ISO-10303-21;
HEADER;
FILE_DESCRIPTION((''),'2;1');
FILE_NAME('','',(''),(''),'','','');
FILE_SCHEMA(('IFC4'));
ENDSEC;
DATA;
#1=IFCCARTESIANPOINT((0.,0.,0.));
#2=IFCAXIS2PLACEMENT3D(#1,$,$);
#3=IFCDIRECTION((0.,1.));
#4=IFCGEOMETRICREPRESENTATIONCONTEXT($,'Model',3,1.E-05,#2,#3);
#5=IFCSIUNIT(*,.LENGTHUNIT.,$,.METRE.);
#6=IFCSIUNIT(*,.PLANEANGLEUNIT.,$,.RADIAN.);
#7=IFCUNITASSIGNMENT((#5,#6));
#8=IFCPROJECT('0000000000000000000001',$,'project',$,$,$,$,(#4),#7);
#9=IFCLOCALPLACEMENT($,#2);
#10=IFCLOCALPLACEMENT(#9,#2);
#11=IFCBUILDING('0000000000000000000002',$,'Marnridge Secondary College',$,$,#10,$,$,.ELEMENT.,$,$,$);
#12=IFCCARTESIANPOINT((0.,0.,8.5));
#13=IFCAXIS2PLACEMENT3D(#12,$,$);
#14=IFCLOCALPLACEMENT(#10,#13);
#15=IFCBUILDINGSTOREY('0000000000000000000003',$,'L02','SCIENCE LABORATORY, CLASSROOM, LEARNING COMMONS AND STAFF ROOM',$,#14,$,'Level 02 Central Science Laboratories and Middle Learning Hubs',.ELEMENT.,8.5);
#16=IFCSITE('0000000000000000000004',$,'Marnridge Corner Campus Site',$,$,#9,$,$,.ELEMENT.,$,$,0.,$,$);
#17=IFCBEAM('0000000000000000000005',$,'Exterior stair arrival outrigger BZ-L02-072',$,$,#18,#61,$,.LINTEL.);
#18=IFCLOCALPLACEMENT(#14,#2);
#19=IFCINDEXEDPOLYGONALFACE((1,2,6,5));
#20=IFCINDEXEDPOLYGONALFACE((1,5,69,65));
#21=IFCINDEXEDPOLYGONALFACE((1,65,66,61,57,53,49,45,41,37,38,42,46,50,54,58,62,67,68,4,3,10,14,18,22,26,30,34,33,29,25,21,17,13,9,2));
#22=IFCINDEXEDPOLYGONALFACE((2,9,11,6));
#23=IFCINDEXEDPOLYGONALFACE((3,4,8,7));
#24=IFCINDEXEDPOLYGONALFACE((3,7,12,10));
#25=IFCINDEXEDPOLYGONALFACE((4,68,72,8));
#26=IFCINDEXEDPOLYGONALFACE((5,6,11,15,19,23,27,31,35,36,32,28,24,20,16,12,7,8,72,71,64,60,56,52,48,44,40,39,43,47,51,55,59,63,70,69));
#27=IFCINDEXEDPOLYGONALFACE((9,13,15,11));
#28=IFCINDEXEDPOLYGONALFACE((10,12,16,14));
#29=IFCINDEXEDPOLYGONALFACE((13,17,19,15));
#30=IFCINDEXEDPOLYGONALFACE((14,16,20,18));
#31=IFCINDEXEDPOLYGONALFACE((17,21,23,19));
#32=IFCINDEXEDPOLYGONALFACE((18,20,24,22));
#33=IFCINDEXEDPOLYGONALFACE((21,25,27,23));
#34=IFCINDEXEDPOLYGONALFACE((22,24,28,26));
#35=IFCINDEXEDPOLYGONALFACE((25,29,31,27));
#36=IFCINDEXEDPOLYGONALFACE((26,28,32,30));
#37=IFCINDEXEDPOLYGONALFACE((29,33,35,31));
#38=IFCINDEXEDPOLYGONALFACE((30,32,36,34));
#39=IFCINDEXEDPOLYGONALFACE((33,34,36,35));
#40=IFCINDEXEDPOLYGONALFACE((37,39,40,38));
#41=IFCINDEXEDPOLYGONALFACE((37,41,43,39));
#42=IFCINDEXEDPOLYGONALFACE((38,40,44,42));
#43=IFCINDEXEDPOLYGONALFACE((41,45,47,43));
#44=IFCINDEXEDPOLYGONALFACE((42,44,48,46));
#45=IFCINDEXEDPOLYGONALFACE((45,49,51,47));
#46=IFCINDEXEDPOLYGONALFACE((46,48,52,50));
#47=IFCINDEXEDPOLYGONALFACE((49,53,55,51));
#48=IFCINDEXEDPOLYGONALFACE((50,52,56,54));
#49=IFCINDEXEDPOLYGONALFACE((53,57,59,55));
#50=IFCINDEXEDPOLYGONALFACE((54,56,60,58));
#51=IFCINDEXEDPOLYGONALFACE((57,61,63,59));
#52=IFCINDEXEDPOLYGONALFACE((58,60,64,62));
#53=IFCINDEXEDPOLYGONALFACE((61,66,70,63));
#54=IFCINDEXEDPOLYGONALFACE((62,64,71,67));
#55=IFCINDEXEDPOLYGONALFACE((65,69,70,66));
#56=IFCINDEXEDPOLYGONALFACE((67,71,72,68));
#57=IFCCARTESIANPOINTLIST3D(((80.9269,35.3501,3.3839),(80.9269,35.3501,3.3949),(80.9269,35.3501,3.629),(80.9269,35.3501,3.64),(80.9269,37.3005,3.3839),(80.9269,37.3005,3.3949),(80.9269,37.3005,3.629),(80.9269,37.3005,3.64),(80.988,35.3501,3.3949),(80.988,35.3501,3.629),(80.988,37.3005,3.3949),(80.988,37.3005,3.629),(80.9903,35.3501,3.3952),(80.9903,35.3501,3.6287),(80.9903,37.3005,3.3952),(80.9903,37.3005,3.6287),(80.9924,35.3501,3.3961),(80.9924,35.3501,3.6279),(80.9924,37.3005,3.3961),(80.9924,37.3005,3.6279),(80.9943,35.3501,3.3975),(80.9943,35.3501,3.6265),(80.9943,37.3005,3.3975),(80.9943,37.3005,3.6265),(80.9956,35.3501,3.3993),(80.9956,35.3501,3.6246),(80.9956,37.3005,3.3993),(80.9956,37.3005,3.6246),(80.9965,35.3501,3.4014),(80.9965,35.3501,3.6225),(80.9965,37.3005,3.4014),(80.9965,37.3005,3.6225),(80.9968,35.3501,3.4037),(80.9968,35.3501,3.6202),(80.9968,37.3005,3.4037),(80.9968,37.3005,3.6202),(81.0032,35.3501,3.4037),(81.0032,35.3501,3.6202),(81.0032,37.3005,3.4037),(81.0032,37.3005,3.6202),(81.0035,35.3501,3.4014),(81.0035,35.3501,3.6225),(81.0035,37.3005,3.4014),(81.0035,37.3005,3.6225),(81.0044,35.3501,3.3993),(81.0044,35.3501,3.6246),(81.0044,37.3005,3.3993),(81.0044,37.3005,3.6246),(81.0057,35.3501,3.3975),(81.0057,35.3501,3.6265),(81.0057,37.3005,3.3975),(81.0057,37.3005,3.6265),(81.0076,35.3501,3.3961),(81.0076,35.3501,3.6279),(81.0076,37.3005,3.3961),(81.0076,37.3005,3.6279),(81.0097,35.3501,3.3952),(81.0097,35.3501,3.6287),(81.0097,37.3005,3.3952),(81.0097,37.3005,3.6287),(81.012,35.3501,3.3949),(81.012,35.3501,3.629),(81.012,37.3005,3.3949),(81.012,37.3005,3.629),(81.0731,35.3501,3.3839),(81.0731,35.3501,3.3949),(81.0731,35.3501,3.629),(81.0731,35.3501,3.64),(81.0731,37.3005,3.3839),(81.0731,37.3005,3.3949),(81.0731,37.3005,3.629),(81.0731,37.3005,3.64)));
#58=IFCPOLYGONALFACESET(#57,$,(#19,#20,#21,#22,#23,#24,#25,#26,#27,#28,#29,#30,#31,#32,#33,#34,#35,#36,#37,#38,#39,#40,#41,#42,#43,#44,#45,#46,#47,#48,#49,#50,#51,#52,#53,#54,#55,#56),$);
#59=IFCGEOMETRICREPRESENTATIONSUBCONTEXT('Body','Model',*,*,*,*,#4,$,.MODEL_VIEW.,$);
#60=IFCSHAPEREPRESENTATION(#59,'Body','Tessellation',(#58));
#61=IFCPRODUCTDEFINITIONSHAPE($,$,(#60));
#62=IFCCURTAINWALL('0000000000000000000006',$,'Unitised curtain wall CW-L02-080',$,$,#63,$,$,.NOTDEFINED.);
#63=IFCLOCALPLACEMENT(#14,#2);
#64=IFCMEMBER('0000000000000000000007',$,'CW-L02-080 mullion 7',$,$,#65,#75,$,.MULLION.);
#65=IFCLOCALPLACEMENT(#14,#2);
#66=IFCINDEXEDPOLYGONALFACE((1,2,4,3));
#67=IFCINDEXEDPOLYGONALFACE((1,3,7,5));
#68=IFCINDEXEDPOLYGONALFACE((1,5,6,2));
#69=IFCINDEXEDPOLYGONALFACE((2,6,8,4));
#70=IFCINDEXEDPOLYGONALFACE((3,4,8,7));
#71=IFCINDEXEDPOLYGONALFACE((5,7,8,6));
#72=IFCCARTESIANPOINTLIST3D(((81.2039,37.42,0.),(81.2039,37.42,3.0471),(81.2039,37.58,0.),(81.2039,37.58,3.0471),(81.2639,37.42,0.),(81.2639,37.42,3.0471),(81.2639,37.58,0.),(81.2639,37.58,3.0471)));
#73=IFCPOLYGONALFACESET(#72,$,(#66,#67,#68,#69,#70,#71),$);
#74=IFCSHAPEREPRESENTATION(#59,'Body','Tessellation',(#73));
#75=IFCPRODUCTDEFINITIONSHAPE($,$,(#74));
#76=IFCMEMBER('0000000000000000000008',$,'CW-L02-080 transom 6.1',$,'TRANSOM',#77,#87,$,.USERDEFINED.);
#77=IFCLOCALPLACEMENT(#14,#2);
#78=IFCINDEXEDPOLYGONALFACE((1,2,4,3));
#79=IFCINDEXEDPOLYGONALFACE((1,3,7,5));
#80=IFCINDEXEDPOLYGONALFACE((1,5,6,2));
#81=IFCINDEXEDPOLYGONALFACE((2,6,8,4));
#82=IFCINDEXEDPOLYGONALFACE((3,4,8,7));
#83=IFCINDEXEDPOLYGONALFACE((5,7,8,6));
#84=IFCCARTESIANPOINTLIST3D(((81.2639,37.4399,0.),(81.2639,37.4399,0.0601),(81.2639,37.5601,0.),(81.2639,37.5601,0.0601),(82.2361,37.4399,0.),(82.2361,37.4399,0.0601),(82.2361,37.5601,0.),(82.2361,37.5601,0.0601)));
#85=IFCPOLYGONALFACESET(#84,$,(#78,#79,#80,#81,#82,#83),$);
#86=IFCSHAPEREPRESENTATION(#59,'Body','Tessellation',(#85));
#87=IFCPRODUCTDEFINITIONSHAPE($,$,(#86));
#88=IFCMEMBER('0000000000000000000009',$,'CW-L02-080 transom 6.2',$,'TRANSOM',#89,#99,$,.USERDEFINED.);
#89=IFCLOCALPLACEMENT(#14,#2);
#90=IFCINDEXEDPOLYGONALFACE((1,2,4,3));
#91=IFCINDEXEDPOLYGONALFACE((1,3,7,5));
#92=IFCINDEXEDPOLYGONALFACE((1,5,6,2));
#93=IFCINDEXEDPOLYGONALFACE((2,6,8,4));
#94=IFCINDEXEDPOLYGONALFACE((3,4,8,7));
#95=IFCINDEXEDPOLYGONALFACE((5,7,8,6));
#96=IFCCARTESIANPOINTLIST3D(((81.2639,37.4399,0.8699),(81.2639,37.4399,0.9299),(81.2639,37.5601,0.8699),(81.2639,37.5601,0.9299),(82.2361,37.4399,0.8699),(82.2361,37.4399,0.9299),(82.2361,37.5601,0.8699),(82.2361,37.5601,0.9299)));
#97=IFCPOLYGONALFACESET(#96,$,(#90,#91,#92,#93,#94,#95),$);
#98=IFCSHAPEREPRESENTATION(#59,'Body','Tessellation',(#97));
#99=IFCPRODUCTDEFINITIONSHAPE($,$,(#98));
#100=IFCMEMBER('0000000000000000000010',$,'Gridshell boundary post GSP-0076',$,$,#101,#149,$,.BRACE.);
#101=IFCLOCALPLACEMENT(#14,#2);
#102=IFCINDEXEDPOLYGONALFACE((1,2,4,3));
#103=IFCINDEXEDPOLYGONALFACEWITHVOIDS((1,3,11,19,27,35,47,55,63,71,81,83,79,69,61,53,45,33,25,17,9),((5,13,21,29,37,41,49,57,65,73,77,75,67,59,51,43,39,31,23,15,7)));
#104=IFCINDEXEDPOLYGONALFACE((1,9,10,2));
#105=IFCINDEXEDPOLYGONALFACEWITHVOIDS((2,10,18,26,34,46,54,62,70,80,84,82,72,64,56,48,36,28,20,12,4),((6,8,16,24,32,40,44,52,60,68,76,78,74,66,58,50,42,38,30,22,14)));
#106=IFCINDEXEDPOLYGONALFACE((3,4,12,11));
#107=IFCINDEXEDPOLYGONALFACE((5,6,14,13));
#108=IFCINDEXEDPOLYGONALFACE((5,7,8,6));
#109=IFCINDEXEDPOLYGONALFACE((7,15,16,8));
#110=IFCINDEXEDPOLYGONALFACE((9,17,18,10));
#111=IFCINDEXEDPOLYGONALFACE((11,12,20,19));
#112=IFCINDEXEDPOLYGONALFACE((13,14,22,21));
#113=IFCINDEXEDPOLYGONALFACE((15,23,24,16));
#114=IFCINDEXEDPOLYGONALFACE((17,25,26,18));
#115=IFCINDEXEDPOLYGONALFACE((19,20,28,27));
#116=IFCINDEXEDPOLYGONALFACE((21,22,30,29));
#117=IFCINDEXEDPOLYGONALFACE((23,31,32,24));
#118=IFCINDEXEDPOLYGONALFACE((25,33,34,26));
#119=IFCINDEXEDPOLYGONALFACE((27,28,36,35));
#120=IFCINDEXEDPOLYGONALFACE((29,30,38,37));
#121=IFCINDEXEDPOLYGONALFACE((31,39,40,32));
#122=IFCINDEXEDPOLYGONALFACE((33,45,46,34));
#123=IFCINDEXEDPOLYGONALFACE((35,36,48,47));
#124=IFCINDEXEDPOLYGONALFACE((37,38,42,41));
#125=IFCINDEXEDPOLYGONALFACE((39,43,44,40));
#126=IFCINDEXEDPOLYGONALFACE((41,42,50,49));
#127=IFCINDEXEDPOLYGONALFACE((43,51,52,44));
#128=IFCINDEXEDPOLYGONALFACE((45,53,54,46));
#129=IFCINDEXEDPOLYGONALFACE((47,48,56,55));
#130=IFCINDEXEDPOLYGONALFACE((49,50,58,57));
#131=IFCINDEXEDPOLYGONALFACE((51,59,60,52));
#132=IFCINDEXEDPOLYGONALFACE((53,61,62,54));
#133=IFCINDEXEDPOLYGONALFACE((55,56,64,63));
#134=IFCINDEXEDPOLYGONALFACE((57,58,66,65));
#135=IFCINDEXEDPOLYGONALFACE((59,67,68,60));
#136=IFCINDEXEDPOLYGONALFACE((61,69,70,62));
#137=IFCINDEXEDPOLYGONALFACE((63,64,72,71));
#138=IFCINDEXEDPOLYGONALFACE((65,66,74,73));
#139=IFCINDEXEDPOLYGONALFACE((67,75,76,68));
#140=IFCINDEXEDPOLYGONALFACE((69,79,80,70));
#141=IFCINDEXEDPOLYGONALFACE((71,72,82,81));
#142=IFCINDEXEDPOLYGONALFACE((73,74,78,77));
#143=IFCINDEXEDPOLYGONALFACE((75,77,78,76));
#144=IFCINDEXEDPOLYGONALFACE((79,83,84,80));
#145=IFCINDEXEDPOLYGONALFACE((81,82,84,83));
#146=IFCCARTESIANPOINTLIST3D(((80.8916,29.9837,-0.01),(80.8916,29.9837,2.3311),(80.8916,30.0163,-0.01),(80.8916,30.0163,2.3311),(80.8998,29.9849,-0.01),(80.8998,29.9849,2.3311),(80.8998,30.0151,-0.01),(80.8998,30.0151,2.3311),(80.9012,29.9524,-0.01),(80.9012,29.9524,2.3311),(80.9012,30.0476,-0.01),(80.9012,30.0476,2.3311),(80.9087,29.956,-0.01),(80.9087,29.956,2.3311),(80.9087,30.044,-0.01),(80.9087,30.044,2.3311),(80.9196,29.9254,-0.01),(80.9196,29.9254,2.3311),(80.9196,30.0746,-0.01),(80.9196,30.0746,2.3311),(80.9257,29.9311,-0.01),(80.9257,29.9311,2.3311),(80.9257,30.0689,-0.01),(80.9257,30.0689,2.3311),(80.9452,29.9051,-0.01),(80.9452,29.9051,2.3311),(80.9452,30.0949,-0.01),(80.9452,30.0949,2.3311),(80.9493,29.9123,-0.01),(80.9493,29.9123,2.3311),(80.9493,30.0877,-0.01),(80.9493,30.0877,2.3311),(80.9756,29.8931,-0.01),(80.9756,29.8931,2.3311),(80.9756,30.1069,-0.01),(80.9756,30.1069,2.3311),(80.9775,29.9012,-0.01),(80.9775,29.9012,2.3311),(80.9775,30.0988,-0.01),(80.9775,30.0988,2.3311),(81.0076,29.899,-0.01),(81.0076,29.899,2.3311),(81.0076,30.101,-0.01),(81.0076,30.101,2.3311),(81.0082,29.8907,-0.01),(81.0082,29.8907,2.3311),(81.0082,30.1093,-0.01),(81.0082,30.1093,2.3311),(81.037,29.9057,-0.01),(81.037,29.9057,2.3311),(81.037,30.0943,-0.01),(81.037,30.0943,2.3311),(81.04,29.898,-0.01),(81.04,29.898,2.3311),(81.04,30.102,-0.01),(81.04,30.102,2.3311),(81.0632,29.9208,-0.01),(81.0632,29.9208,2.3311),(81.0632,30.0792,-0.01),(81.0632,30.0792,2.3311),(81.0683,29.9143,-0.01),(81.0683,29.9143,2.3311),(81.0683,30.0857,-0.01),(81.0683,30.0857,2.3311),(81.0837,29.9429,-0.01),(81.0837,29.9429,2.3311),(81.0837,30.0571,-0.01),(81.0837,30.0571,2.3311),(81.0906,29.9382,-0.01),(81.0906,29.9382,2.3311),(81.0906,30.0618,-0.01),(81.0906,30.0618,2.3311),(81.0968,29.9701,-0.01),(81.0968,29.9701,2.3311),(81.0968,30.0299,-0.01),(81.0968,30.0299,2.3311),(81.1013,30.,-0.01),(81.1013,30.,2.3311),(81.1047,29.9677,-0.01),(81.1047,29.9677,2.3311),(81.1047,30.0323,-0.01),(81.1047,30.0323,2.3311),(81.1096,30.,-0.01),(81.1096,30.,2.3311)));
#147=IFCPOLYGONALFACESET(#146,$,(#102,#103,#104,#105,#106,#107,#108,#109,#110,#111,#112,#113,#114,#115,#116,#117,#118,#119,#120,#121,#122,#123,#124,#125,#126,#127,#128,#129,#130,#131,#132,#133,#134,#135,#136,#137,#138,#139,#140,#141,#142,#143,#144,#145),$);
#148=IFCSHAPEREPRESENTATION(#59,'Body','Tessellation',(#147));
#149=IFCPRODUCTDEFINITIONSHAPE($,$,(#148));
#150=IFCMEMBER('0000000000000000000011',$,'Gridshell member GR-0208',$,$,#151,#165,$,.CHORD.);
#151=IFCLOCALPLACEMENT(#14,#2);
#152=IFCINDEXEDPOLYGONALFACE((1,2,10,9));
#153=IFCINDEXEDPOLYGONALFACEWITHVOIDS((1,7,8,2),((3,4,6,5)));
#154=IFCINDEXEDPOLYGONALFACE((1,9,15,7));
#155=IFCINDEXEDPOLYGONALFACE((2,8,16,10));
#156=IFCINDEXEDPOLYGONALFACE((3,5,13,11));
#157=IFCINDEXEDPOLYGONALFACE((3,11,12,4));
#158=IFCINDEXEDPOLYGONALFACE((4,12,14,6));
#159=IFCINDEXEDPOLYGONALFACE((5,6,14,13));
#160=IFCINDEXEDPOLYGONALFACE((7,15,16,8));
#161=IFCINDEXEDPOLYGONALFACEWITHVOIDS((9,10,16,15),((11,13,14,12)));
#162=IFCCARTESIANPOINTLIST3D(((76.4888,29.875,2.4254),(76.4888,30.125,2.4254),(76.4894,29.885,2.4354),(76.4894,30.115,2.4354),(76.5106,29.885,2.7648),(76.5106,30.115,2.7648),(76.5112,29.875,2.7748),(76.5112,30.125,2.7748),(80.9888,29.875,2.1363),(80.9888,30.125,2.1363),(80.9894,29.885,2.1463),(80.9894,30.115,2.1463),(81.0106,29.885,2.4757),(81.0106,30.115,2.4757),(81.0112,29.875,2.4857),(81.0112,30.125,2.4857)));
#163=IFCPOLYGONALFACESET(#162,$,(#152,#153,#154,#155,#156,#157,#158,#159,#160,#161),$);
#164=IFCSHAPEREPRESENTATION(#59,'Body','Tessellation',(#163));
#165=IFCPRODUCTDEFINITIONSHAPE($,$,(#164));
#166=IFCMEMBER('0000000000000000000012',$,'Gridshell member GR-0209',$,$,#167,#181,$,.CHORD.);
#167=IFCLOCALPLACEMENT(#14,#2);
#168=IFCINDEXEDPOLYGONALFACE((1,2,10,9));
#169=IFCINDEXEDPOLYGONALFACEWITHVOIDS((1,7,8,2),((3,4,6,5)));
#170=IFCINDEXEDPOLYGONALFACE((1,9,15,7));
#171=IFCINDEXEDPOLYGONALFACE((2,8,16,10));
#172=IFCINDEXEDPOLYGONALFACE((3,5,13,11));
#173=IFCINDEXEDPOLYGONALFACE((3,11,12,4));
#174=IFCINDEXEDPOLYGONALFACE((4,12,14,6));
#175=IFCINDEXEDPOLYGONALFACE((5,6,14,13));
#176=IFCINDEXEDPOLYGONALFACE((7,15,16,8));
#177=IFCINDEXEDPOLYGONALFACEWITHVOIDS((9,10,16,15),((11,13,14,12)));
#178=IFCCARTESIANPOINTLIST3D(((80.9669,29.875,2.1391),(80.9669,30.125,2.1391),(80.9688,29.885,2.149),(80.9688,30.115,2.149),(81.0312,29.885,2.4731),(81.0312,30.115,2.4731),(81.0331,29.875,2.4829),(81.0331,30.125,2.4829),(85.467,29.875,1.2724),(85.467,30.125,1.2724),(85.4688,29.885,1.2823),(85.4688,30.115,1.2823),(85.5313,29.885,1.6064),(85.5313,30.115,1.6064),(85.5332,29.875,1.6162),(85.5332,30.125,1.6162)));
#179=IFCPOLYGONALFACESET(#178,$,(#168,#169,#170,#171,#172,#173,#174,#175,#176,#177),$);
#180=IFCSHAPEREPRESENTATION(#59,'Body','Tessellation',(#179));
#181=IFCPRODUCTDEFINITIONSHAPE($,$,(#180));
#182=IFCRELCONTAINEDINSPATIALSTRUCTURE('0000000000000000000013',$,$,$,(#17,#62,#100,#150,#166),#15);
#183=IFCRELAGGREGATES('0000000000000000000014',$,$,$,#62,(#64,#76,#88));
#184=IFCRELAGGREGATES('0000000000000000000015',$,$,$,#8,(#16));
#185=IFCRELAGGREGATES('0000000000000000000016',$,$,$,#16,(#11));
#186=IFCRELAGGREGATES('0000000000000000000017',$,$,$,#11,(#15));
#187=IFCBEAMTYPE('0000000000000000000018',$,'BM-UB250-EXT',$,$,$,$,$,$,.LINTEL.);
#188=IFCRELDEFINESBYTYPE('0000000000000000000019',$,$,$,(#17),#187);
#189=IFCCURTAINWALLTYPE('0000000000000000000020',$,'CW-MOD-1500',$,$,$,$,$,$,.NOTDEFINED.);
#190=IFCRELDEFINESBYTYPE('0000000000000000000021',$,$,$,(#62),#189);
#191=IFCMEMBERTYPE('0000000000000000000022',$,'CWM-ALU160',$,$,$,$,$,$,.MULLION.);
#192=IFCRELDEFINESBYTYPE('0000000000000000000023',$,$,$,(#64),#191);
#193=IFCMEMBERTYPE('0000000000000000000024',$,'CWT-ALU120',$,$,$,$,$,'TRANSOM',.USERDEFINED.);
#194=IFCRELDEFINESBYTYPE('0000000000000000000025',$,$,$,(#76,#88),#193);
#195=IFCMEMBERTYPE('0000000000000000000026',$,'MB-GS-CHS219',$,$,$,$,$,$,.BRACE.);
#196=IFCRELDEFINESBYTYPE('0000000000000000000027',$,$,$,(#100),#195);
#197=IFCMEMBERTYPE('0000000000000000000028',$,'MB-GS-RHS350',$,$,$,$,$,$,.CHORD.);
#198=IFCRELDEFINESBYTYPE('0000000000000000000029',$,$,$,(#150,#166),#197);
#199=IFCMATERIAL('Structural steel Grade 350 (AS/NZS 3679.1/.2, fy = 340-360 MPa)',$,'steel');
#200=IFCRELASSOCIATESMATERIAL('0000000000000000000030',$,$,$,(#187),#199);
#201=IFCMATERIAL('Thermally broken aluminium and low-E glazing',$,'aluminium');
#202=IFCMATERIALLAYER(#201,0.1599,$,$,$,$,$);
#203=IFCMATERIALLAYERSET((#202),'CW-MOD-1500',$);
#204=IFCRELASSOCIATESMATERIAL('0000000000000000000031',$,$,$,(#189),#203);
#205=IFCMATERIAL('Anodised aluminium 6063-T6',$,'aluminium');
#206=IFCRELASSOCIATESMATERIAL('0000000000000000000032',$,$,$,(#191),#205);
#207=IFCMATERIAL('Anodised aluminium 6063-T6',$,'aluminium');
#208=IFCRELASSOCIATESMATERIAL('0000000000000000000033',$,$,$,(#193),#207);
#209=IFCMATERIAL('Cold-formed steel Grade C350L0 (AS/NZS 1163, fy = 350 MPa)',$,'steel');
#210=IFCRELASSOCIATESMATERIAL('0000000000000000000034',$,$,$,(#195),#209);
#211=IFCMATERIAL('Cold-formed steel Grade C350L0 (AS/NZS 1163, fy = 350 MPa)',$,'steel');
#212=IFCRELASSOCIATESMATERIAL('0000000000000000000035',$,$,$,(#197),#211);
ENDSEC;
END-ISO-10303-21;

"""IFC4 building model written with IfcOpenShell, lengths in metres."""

from ifc_helpers import new_model, si_unit, direction, frame, origin, origin_2d, place, context, subcontext, project, spatial, rectangle, hollow_rectangle, hollow_circle, i_section, extrude, material, layer, layer_set, material_profile, profile_set, type_object, element, aggregate, save


model = new_model("IFC4")

# Units and contexts
model_context = context("Model", 3, precision=1e-05, world=origin(), true_north=direction((0.0, 1.0)))
body_context = subcontext(model_context, "Body", "Model", "MODEL_VIEW")
ifc_project = project(units=[si_unit("LENGTHUNIT", "METRE"), si_unit("PLANEANGLEUNIT", "RADIAN")], contexts=[model_context])

# Site, building, storey
site_placement = place(None, origin())
site = spatial("IfcSite", under=ifc_project, at=site_placement, Name="Marnridge Corner Campus Site", CompositionType="ELEMENT", RefElevation=0.0)
building_placement = place(site_placement, origin())
building = spatial("IfcBuilding", under=site, at=building_placement, Name="Marnridge Secondary College", CompositionType="ELEMENT")
storey_placement = place(building_placement, frame((0.0, 0.0, 8.5)))
storey = spatial("IfcBuildingStorey", under=building, at=storey_placement, Name="L02", Description="SCIENCE LABORATORY, CLASSROOM, LEARNING COMMONS AND STAFF ROOM", LongName="Level 02 Central Science Laboratories and Middle Learning Hubs", CompositionType="ELEMENT", Elevation=8.5)

# Beam
ifc_material_1 = material(Name="Structural steel Grade 350 (AS/NZS 3679.1/.2, fy = 340-360 MPa)", Category="steel")
ifc_material_profile_1 = material_profile(ifc_material_1, i_section(OverallWidth=0.1462, OverallDepth=0.2561, WebThickness=0.0063, FlangeThickness=0.011, FilletRadius=0.0088, at=origin_2d()), Name="250UB37.3")
ifc_profile_set_1 = profile_set([ifc_material_profile_1], Name="Structural steel Grade 350 (AS/NZS 3679.1/.2, fy = 340-360 MPa)")
beam_type_1 = type_object("IfcBeamType", Name="BM-UB250-EXT", PredefinedType="LINTEL", material=ifc_profile_set_1)
for number, where, z_axis, x_axis, name in (
    (1, (81.0, 37.3005, 3.512), (0.0, -1.0, 0.0), (1.0, 0.0, 0.0), "Exterior stair arrival outrigger BZ-L02-072"),
):
    element("IfcBeam", number, at=place(storey_placement, frame(where, z_axis=z_axis, x_axis=x_axis)), inside=storey, type_object=beam_type_1, Name=name, PredefinedType="LINTEL", context=body_context, shape_type="SweptSolid", body=[
        extrude(i_section(OverallWidth=0.1462, OverallDepth=0.2561, WebThickness=0.0063, FlangeThickness=0.011, FilletRadius=0.0088, at=origin_2d()), origin(), (0.0, 0.0, 1.0), 1.9504),
    ])

# Curtain wall, members
ifc_material_2 = material(Name="Thermally broken aluminium and low-E glazing", Category="aluminium")
ifc_layer_1 = layer(ifc_material_2, 0.1599)
ifc_layer_set_1 = layer_set([ifc_layer_1], Name="CW-MOD-1500")
curtain_wall_type = type_object("IfcCurtainWallType", Name="CW-MOD-1500", PredefinedType="NOTDEFINED", material=ifc_layer_set_1)
curtain_wall_placement = place(storey_placement, origin())
curtain_wall = element("IfcCurtainWall", 2, at=curtain_wall_placement, inside=storey, type_object=curtain_wall_type, Name="Unitised curtain wall CW-L02-080", PredefinedType="NOTDEFINED")
ifc_material_3 = material(Name="Anodised aluminium 6063-T6", Category="aluminium")
ifc_material_profile_2 = material_profile(ifc_material_3, rectangle(XDim=0.0601, YDim=0.1599, at=origin_2d()), Name="ALU 60x160")
ifc_profile_set_2 = profile_set([ifc_material_profile_2], Name="Anodised aluminium 6063-T6")
member_type_1 = type_object("IfcMemberType", Name="CWM-ALU160", PredefinedType="MULLION", material=ifc_profile_set_2)
member_1_placement = place(storey_placement, frame((81.2339, 37.5, 0.0), z_axis=(0.0, 0.0, 1.0), x_axis=(-1.0, 0.0, 0.0)))
member_1 = element("IfcMember", 3, at=member_1_placement, type_object=member_type_1, Name="CW-L02-080 mullion 7", PredefinedType="MULLION", context=body_context, shape_type="SweptSolid", body=[
    extrude(rectangle(XDim=0.0601, YDim=0.1599, at=origin_2d()), origin(), (0.0, 0.0, 1.0), 3.0471),
])
ifc_material_4 = material(Name="Anodised aluminium 6063-T6", Category="aluminium")
ifc_material_profile_3 = material_profile(ifc_material_4, rectangle(XDim=0.0601, YDim=0.1201, at=origin_2d()), Name="ALU 60x120")
ifc_profile_set_3 = profile_set([ifc_material_profile_3], Name="Anodised aluminium 6063-T6")
member_type_2 = type_object("IfcMemberType", Name="CWT-ALU120", ElementType="TRANSOM", PredefinedType="USERDEFINED", material=ifc_profile_set_3)
member_2_placement = place(storey_placement, frame((82.2361, 37.5, 0.03), z_axis=(-1.0, 0.0, 0.0), x_axis=(0.0, 0.0, 1.0)))
member_2 = element("IfcMember", 4, at=member_2_placement, type_object=member_type_2, Name="CW-L02-080 transom 6.1", ObjectType="TRANSOM", PredefinedType="USERDEFINED", context=body_context, shape_type="SweptSolid", body=[
    extrude(rectangle(XDim=0.0601, YDim=0.1201, at=origin_2d()), origin(), (0.0, 0.0, 1.0), 0.9722),
])
member_3_placement = place(storey_placement, frame((82.2361, 37.5, 0.8999), z_axis=(-1.0, 0.0, 0.0), x_axis=(0.0, 0.0, 1.0)))
member_3 = element("IfcMember", 5, at=member_3_placement, type_object=member_type_2, Name="CW-L02-080 transom 6.2", ObjectType="TRANSOM", PredefinedType="USERDEFINED", context=body_context, shape_type="SweptSolid", body=[
    extrude(rectangle(XDim=0.0601, YDim=0.1201, at=origin_2d()), origin(), (0.0, 0.0, 1.0), 0.9722),
])

# Members
ifc_material_5 = material(Name="Cold-formed steel Grade C350L0 (AS/NZS 1163, fy = 350 MPa)", Category="steel")
ifc_material_profile_4 = material_profile(ifc_material_5, hollow_circle(Radius=0.1096, WallThickness=0.0083, at=origin_2d()), Name="219.1x8.2CHS")
ifc_profile_set_4 = profile_set([ifc_material_profile_4], Name="Cold-formed steel Grade C350L0 (AS/NZS 1163, fy = 350 MPa)")
member_type_3 = type_object("IfcMemberType", Name="MB-GS-CHS219", PredefinedType="BRACE", material=ifc_profile_set_4)
member_4_placement = place(storey_placement, frame((81.0, 30.0, -0.01), z_axis=(0.0, 0.0, 1.0), x_axis=(1.0, 0.0, 0.0)))
element("IfcMember", 6, at=member_4_placement, inside=storey, type_object=member_type_3, Name="Gridshell boundary post GSP-0076", PredefinedType="BRACE", context=body_context, shape_type="SweptSolid", body=[
    extrude(hollow_circle(Radius=0.1096, WallThickness=0.0083, at=origin_2d()), origin(), (0.0, 0.0, 1.0), 2.3411),
])
ifc_material_6 = material(Name="Cold-formed steel Grade C350L0 (AS/NZS 1163, fy = 350 MPa)", Category="steel")
ifc_material_profile_5 = material_profile(ifc_material_6, hollow_rectangle(XDim=0.25, YDim=0.3501, WallThickness=0.01, at=origin_2d()), Name="350x250x10.0RHS")
ifc_profile_set_5 = profile_set([ifc_material_profile_5], Name="Cold-formed steel Grade C350L0 (AS/NZS 1163, fy = 350 MPa)")
member_type_4 = type_object("IfcMemberType", Name="MB-GS-RHS350", PredefinedType="CHORD", material=ifc_profile_set_5)
member_5_placement = place(storey_placement, frame((76.5, 30.0, 2.6001), z_axis=(0.997943, 0.0, -0.064104), x_axis=(0.0, 1.0, 0.0)))
element("IfcMember", 7, at=member_5_placement, inside=storey, type_object=member_type_4, Name="Gridshell member GR-0208", PredefinedType="CHORD", context=body_context, shape_type="SweptSolid", body=[
    extrude(hollow_rectangle(XDim=0.25, YDim=0.3501, WallThickness=0.01, at=origin_2d()), origin(), (0.0, 0.0, 1.0), 4.5093),
])
member_6_placement = place(storey_placement, frame((81.0, 30.0, 2.311), z_axis=(0.981953, 0.0, -0.189124), x_axis=(0.0, 1.0, 0.0)))
element("IfcMember", 8, at=member_6_placement, inside=storey, type_object=member_type_4, Name="Gridshell member GR-0209", PredefinedType="CHORD", context=body_context, shape_type="SweptSolid", body=[
    extrude(hollow_rectangle(XDim=0.25, YDim=0.3501, WallThickness=0.01, at=origin_2d()), origin(), (0.0, 0.0, 1.0), 4.5828),
])

aggregate(curtain_wall, [member_1, member_2, member_3])

save(model, "model.ifc")
